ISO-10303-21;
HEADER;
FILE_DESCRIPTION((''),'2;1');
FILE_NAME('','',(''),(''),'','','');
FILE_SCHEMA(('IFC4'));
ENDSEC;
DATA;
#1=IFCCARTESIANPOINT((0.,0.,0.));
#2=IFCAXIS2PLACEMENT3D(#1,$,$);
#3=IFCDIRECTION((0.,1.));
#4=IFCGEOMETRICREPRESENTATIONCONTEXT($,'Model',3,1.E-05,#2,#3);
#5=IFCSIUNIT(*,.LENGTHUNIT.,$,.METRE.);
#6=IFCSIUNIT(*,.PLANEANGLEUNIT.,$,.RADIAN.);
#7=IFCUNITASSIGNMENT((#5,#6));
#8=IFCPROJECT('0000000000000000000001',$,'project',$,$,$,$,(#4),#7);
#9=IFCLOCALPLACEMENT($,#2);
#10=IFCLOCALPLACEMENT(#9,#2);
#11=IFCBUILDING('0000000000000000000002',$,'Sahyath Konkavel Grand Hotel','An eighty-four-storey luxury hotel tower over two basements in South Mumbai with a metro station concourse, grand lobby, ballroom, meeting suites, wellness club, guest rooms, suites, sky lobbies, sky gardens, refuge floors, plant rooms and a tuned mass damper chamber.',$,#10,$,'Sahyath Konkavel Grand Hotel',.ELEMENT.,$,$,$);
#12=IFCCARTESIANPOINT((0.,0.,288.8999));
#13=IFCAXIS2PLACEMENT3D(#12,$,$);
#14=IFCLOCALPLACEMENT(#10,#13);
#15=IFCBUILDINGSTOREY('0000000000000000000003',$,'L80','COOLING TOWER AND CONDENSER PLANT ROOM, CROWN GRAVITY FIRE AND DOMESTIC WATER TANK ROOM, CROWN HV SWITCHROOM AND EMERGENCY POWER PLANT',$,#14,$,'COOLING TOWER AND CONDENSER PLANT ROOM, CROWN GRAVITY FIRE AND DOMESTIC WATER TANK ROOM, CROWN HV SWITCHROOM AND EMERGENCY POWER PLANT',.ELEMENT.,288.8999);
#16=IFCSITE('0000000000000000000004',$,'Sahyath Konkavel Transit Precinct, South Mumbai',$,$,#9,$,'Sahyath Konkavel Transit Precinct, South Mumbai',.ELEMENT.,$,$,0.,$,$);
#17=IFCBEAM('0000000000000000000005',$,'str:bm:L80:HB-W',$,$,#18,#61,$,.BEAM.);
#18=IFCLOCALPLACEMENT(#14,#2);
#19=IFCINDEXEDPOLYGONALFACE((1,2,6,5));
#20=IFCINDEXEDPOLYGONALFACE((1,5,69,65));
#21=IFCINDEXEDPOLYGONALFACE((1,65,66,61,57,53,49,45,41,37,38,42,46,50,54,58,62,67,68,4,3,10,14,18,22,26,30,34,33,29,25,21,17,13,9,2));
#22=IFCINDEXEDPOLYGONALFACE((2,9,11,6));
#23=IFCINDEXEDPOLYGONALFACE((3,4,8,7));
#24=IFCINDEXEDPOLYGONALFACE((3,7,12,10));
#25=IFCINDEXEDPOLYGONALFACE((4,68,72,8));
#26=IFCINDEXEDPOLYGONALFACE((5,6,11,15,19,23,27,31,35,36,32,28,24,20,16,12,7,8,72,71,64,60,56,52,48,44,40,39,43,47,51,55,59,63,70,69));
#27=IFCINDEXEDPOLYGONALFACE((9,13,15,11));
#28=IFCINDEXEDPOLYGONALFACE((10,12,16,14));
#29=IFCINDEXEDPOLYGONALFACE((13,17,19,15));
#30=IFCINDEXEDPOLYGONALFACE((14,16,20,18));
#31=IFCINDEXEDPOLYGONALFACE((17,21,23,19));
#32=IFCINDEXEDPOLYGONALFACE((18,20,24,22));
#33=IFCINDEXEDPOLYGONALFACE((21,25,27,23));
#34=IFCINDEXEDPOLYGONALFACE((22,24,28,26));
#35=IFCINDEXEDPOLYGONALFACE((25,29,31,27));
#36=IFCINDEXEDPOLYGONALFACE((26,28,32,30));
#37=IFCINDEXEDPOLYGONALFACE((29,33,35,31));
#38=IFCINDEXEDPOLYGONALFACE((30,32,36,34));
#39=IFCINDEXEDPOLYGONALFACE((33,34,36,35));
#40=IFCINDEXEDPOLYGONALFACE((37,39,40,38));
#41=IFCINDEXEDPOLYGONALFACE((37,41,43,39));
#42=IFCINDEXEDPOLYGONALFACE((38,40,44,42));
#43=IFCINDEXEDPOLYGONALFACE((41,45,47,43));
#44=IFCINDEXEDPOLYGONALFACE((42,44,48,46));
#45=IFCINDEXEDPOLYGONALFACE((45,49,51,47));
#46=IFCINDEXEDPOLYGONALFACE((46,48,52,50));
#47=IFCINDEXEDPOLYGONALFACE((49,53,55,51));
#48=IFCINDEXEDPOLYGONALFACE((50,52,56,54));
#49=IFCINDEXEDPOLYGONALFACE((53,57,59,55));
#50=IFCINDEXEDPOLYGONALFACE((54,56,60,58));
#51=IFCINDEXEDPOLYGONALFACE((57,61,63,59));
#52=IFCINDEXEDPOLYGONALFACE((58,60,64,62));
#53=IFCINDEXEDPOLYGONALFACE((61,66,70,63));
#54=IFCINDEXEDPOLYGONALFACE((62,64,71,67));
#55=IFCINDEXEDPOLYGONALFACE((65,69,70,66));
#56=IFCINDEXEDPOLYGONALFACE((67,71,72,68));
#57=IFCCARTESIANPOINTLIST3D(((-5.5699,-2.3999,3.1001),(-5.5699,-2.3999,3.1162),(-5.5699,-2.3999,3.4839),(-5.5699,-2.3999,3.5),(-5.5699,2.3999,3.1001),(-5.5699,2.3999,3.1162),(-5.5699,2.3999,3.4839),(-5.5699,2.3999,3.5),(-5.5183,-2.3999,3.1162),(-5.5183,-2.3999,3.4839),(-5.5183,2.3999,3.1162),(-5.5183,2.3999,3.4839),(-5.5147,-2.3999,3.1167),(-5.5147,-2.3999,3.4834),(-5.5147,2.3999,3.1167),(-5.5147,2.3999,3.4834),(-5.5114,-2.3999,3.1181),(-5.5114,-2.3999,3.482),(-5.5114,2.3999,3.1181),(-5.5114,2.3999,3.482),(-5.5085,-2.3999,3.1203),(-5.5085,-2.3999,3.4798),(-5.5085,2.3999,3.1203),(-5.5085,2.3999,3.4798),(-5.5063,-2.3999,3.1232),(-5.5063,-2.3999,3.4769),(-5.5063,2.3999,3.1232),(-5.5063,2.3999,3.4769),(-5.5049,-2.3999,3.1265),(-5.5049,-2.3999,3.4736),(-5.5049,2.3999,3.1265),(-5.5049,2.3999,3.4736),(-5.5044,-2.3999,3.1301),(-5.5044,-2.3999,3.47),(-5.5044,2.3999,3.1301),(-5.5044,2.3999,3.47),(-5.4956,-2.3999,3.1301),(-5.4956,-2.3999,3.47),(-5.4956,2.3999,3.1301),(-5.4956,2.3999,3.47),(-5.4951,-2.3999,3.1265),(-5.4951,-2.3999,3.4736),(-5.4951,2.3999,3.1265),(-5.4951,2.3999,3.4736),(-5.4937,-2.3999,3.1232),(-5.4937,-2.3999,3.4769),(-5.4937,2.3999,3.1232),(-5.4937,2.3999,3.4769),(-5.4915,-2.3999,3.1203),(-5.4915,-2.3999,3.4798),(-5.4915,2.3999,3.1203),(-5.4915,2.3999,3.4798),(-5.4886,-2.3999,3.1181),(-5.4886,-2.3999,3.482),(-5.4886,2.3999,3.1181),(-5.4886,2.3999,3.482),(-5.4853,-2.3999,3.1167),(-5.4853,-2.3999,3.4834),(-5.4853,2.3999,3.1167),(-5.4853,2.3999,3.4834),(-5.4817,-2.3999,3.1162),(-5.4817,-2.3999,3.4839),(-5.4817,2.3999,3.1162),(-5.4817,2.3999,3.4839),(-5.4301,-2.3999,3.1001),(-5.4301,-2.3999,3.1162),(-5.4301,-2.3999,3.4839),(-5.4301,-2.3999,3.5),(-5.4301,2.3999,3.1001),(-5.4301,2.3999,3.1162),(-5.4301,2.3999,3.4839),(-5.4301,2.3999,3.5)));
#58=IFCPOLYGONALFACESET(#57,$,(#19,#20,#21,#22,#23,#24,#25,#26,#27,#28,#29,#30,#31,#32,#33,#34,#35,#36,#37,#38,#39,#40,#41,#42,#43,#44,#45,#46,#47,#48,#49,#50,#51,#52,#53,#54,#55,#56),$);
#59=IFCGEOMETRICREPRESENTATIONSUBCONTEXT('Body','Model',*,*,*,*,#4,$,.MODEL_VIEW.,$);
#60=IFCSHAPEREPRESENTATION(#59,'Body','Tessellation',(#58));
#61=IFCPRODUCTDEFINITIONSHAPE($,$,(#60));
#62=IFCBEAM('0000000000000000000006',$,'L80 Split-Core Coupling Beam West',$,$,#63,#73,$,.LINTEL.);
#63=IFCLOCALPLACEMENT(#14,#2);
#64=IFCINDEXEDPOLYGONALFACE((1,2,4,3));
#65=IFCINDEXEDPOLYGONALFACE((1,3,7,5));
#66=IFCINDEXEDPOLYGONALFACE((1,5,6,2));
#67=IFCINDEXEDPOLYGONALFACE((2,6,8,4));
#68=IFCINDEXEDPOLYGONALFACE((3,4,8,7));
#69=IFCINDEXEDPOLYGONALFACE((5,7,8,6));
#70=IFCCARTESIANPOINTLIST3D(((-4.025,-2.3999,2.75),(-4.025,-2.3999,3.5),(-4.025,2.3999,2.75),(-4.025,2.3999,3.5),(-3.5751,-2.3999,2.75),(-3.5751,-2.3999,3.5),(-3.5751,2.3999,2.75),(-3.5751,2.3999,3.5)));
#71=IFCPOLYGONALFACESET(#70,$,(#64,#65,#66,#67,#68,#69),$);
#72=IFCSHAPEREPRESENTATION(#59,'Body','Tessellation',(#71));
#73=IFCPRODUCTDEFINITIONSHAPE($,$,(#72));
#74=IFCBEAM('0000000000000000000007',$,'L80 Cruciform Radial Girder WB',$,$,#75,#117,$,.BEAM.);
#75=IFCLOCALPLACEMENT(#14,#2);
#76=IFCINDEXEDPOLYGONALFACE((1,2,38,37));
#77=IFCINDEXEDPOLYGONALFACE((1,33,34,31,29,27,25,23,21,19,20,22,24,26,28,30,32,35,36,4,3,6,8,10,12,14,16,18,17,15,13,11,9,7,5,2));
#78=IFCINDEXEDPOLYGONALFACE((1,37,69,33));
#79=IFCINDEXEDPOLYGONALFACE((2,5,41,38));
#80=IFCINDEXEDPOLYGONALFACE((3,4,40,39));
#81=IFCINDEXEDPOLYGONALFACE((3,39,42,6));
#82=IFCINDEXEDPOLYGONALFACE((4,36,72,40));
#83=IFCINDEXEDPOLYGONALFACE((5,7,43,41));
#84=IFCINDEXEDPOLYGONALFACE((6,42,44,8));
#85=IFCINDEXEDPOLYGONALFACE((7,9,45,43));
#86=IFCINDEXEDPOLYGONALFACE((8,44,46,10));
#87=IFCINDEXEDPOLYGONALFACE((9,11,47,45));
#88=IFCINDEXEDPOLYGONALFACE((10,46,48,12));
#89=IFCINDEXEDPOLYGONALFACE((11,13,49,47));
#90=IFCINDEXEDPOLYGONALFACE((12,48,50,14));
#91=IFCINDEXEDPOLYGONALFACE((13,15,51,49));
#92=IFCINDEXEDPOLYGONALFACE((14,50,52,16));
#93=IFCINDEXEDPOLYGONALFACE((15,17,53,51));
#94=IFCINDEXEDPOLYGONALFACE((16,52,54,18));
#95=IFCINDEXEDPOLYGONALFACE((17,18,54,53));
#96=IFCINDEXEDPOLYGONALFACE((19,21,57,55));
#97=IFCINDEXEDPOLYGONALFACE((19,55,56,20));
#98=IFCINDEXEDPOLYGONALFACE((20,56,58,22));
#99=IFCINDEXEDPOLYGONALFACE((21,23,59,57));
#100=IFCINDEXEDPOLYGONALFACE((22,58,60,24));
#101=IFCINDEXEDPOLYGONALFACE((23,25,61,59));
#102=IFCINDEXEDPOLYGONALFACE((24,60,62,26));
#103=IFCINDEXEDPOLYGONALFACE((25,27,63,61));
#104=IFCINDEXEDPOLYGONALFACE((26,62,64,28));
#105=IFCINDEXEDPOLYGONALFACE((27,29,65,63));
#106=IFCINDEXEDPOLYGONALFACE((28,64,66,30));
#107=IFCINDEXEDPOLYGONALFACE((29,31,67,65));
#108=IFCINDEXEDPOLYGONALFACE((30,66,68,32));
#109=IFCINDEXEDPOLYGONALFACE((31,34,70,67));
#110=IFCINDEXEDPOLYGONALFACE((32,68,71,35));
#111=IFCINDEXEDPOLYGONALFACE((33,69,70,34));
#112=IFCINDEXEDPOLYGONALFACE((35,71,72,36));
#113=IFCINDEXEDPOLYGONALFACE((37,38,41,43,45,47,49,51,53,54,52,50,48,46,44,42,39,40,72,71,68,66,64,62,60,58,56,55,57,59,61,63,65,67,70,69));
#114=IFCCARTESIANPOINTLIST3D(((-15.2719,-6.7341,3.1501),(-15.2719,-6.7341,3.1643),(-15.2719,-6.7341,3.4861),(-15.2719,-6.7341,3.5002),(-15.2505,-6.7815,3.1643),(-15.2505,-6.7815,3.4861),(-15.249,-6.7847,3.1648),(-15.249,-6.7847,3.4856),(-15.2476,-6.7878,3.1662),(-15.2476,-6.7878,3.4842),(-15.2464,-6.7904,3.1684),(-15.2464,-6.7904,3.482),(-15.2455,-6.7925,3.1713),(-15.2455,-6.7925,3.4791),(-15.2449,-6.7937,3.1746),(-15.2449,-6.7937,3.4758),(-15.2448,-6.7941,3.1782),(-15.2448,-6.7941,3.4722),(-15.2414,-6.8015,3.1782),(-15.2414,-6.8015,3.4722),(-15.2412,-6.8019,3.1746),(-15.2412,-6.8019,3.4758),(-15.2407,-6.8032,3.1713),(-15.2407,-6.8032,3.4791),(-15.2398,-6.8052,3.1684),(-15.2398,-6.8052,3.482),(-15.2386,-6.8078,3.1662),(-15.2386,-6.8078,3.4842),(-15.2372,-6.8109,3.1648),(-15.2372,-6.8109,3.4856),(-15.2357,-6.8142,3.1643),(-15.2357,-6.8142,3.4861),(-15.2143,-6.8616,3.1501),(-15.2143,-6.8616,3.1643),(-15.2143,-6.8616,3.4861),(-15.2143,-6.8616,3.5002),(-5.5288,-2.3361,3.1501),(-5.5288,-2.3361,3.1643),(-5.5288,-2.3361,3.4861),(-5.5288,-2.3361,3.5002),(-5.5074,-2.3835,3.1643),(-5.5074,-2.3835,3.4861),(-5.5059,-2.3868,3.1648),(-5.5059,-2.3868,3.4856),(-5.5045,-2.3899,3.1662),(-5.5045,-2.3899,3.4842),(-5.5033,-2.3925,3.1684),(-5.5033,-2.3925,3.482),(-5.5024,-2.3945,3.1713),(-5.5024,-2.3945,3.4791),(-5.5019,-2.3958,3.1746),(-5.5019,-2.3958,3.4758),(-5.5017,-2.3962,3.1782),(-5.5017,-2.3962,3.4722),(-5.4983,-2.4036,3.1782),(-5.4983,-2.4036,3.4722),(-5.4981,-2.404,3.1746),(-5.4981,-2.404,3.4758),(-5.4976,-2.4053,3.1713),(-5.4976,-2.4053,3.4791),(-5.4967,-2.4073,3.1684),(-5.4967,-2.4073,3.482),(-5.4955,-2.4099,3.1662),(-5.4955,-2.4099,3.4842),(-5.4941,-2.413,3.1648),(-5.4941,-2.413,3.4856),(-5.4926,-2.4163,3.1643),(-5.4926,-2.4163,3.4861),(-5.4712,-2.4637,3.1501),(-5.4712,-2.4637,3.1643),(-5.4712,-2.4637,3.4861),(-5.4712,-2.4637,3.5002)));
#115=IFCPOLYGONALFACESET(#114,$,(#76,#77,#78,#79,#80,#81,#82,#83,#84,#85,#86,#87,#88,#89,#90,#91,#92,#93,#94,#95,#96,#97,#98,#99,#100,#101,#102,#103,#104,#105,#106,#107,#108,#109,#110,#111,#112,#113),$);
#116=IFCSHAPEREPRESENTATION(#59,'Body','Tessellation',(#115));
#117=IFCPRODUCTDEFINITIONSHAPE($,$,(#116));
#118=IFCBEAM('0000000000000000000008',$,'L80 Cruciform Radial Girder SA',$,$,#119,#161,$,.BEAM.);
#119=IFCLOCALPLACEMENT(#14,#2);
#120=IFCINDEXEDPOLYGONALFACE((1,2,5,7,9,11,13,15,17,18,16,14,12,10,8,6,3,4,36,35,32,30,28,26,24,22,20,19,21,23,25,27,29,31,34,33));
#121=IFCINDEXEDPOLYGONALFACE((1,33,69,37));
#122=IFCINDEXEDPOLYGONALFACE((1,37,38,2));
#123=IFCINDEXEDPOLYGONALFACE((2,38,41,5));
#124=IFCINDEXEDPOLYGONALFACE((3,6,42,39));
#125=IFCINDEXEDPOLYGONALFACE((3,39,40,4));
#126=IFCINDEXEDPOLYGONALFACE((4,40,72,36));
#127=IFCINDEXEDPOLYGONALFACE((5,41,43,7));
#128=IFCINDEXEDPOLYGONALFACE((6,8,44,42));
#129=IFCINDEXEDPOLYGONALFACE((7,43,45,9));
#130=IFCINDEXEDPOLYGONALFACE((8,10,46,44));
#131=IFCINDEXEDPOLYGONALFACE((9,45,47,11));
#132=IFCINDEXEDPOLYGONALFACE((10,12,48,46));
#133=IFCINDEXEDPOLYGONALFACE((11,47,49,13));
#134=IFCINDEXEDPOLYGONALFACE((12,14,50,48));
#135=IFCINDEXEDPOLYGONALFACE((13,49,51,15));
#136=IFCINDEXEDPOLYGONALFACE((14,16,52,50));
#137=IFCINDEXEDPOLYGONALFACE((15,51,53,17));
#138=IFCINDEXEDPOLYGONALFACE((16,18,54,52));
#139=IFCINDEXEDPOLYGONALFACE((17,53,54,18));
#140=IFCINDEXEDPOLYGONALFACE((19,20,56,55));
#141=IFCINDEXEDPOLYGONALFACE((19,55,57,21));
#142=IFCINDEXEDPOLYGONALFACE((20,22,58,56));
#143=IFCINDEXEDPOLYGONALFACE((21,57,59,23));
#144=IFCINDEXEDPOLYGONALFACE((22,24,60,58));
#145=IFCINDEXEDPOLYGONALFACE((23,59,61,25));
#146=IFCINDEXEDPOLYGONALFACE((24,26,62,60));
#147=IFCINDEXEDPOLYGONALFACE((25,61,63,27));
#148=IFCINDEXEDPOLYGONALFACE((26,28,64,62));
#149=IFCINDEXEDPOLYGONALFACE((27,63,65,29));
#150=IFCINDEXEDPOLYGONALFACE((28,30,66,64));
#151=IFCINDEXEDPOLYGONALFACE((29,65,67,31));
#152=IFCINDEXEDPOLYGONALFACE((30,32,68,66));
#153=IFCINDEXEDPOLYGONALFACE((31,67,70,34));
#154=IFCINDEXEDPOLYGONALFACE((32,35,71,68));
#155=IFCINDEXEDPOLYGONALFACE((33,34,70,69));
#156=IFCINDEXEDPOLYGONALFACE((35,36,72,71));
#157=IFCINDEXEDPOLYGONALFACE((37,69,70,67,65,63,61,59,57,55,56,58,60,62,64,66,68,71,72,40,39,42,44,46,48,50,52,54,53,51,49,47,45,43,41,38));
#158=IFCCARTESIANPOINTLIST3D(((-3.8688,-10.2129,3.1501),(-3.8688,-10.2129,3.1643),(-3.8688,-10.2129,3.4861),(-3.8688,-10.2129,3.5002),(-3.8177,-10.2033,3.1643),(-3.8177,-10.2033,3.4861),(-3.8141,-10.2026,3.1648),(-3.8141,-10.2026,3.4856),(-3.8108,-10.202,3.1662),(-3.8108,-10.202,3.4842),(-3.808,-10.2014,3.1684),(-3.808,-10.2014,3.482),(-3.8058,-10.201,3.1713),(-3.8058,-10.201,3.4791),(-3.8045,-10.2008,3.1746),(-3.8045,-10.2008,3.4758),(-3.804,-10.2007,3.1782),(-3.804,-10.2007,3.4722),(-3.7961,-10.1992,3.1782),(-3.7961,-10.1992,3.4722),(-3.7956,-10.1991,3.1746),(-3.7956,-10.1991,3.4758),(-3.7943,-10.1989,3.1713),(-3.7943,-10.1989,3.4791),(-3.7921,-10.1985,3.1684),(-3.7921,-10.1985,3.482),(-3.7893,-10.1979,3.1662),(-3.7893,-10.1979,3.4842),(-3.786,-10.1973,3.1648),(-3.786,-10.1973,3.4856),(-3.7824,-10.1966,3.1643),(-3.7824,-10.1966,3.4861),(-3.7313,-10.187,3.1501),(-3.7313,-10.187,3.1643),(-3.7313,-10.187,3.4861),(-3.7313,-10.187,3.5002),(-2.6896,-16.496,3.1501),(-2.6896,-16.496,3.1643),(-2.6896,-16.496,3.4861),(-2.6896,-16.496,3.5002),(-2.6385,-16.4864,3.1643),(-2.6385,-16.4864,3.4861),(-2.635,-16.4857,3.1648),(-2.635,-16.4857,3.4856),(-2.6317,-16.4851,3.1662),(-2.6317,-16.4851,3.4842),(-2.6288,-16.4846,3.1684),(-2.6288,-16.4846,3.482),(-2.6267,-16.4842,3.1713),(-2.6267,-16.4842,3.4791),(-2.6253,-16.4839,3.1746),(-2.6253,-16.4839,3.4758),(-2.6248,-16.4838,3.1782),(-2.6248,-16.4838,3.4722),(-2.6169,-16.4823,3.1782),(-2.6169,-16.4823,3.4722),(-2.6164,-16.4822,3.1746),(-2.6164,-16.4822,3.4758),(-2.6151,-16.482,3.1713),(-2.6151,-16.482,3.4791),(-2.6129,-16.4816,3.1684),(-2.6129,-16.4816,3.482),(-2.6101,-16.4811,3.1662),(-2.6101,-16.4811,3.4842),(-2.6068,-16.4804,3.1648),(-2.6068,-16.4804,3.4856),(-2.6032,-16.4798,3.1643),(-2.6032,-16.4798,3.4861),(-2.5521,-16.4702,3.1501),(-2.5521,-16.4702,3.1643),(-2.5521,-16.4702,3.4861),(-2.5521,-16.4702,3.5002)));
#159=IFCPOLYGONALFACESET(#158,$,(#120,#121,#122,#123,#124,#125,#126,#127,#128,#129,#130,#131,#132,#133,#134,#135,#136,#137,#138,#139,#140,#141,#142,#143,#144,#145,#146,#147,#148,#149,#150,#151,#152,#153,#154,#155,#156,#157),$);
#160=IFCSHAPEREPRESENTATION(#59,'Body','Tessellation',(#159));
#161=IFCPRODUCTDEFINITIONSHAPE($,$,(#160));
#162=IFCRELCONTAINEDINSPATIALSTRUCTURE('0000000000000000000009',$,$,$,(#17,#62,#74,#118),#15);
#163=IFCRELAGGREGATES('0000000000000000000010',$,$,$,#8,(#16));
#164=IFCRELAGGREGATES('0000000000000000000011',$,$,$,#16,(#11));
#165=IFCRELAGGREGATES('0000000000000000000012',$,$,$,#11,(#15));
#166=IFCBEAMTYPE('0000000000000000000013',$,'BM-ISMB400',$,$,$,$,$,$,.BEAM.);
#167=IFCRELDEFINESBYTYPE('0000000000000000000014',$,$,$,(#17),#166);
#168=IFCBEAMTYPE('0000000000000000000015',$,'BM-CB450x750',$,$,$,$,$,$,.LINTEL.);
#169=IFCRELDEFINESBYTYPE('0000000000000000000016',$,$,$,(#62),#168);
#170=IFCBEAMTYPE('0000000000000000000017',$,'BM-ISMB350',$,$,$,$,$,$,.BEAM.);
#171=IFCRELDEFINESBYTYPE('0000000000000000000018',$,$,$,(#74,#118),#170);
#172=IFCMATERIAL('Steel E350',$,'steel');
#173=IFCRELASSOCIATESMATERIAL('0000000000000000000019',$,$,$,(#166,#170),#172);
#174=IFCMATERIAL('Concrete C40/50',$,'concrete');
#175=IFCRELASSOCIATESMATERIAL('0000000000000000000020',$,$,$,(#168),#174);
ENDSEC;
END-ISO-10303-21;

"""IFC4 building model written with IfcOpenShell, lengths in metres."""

from ifc_helpers import new_model, si_unit, direction, frame, origin, origin_2d, place, context, subcontext, project, spatial, rectangle, i_section, extrude, source, transform, mapped, material, material_profile, profile_set, type_object, element, save


model = new_model("IFC4")

# Units and contexts
model_context = context("Model", 3, precision=1e-05, world=origin(), true_north=direction((0.0, 1.0)))
body_context = subcontext(model_context, "Body", "Model", "MODEL_VIEW")
ifc_project = project(units=[si_unit("LENGTHUNIT", "METRE"), si_unit("PLANEANGLEUNIT", "RADIAN")], contexts=[model_context])

# Site, building, storey
site_placement = place(None, origin())
site = spatial("IfcSite", under=ifc_project, at=site_placement, Name="Sahyath Konkavel Transit Precinct, South Mumbai", LongName="Sahyath Konkavel Transit Precinct, South Mumbai", CompositionType="ELEMENT", RefElevation=0.0)
building_placement = place(site_placement, origin())
building = spatial("IfcBuilding", under=site, at=building_placement, Name="Sahyath Konkavel Grand Hotel", Description="An eighty-four-storey luxury hotel tower over two basements in South Mumbai with a metro station concourse, grand lobby, ballroom, meeting suites, wellness club, guest rooms, suites, sky lobbies, sky gardens, refuge floors, plant rooms and a tuned mass damper chamber.", LongName="Sahyath Konkavel Grand Hotel", CompositionType="ELEMENT")
storey_placement = place(building_placement, frame((0.0, 0.0, 288.8999)))
storey = spatial("IfcBuildingStorey", under=building, at=storey_placement, Name="L80", Description="COOLING TOWER AND CONDENSER PLANT ROOM, CROWN GRAVITY FIRE AND DOMESTIC WATER TANK ROOM, CROWN HV SWITCHROOM AND EMERGENCY POWER PLANT", LongName="COOLING TOWER AND CONDENSER PLANT ROOM, CROWN GRAVITY FIRE AND DOMESTIC WATER TANK ROOM, CROWN HV SWITCHROOM AND EMERGENCY POWER PLANT", CompositionType="ELEMENT", Elevation=288.8999)

# Shared definitions
ifc_material_1 = material(Name="Concrete C40/50", Category="concrete")

# Beams
ifc_material_2 = material(Name="Steel E350", Category="steel")
ifc_material_profile_1 = material_profile(ifc_material_2, i_section(OverallWidth=0.1399, OverallDepth=0.3999, WebThickness=0.0088, FlangeThickness=0.0161, FilletRadius=0.0139, at=origin_2d()), Name="ISMB 400")
ifc_profile_set_1 = profile_set([ifc_material_profile_1], Name="Steel E350")
beam_type_1 = type_object("IfcBeamType", Name="BM-ISMB400", PredefinedType="BEAM", material=ifc_profile_set_1)
shared_shape_1 = source(origin(), body_context, "Body", "SweptSolid", [
    extrude(i_section(OverallWidth=0.1399, OverallDepth=0.3999, WebThickness=0.0088, FlangeThickness=0.0161, FilletRadius=0.0139, at=origin_2d()), origin(), (0.0, 0.0, 1.0), 4.7998),
])
beam_1_placement = place(storey_placement, frame((-5.5, -2.3999, 3.3), z_axis=(0.0, 1.0, 0.0), x_axis=(-1.0, 0.0, 0.0)))
element("IfcBeam", 1, at=beam_1_placement, inside=storey, type_object=beam_type_1, Name="str:bm:L80:HB-W", PredefinedType="BEAM", context=body_context, shape_type="MappedRepresentation", body=[
    mapped(shared_shape_1, transform((0.0, 0.0, 0.0), scale=1.0)),
])
ifc_material_profile_2 = material_profile(ifc_material_1, rectangle(XDim=0.45, YDim=0.75, at=origin_2d()), Name="RC 450x750")
ifc_profile_set_2 = profile_set([ifc_material_profile_2], Name="Concrete C40/50")
beam_type_2 = type_object("IfcBeamType", Name="BM-CB450x750", PredefinedType="LINTEL", material=ifc_profile_set_2)
shared_shape_2 = source(origin(), body_context, "Body", "SweptSolid", [
    extrude(rectangle(XDim=0.45, YDim=0.75, at=origin_2d()), origin(), (0.0, 0.0, 1.0), 4.7998),
])
beam_2_placement = place(storey_placement, frame((-3.8, -2.3999, 3.125), z_axis=(0.0, 1.0, 0.0), x_axis=(-1.0, 0.0, 0.0)))
element("IfcBeam", 2, at=beam_2_placement, inside=storey, type_object=beam_type_2, Name="L80 Split-Core Coupling Beam West", PredefinedType="LINTEL", context=body_context, shape_type="MappedRepresentation", body=[
    mapped(shared_shape_2, transform((0.0, 0.0, 0.0), scale=1.0)),
])
ifc_material_profile_3 = material_profile(ifc_material_2, i_section(OverallWidth=0.1399, OverallDepth=0.3501, WebThickness=0.0081, FlangeThickness=0.0142, FilletRadius=0.0139, at=origin_2d()), Name="ISMB 350")
ifc_profile_set_3 = profile_set([ifc_material_profile_3], Name="Steel E350")
beam_type_3 = type_object("IfcBeamType", Name="BM-ISMB350", PredefinedType="BEAM", material=ifc_profile_set_3)
shared_shape_3 = source(origin(), body_context, "Body", "SweptSolid", [
    extrude(i_section(OverallWidth=0.1399, OverallDepth=0.3501, WebThickness=0.0081, FlangeThickness=0.0142, FilletRadius=0.0139, at=origin_2d()), origin(), (0.0, 0.0, 1.0), 10.6897),
])
beam_3_placement = place(storey_placement, frame((-5.5, -2.3999, 3.3252), z_axis=(-0.911447, -0.411417, 0.0), x_axis=(0.411417, -0.911447, 0.0)))
element("IfcBeam", 3, at=beam_3_placement, inside=storey, type_object=beam_type_3, Name="L80 Cruciform Radial Girder WB", PredefinedType="BEAM", context=body_context, shape_type="MappedRepresentation", body=[
    mapped(shared_shape_3, transform((0.0, 0.0, 0.0), scale=1.0)),
])
shared_shape_4 = source(origin(), body_context, "Body", "SweptSolid", [
    extrude(i_section(OverallWidth=0.1399, OverallDepth=0.3501, WebThickness=0.0081, FlangeThickness=0.0142, FilletRadius=0.0139, at=origin_2d()), origin(), (0.0, 0.0, 1.0), 6.3928),
])
beam_4_placement = place(storey_placement, frame((-3.8, -10.2, 3.3252), z_axis=(0.184455, -0.982841, 0.0), x_axis=(0.982841, 0.184455, 0.0)))
element("IfcBeam", 4, at=beam_4_placement, inside=storey, type_object=beam_type_3, Name="L80 Cruciform Radial Girder SA", PredefinedType="BEAM", context=body_context, shape_type="MappedRepresentation", body=[
    mapped(shared_shape_4, transform((0.0, 0.0, 0.0), scale=1.0)),
])

save(model, "model.ifc")
